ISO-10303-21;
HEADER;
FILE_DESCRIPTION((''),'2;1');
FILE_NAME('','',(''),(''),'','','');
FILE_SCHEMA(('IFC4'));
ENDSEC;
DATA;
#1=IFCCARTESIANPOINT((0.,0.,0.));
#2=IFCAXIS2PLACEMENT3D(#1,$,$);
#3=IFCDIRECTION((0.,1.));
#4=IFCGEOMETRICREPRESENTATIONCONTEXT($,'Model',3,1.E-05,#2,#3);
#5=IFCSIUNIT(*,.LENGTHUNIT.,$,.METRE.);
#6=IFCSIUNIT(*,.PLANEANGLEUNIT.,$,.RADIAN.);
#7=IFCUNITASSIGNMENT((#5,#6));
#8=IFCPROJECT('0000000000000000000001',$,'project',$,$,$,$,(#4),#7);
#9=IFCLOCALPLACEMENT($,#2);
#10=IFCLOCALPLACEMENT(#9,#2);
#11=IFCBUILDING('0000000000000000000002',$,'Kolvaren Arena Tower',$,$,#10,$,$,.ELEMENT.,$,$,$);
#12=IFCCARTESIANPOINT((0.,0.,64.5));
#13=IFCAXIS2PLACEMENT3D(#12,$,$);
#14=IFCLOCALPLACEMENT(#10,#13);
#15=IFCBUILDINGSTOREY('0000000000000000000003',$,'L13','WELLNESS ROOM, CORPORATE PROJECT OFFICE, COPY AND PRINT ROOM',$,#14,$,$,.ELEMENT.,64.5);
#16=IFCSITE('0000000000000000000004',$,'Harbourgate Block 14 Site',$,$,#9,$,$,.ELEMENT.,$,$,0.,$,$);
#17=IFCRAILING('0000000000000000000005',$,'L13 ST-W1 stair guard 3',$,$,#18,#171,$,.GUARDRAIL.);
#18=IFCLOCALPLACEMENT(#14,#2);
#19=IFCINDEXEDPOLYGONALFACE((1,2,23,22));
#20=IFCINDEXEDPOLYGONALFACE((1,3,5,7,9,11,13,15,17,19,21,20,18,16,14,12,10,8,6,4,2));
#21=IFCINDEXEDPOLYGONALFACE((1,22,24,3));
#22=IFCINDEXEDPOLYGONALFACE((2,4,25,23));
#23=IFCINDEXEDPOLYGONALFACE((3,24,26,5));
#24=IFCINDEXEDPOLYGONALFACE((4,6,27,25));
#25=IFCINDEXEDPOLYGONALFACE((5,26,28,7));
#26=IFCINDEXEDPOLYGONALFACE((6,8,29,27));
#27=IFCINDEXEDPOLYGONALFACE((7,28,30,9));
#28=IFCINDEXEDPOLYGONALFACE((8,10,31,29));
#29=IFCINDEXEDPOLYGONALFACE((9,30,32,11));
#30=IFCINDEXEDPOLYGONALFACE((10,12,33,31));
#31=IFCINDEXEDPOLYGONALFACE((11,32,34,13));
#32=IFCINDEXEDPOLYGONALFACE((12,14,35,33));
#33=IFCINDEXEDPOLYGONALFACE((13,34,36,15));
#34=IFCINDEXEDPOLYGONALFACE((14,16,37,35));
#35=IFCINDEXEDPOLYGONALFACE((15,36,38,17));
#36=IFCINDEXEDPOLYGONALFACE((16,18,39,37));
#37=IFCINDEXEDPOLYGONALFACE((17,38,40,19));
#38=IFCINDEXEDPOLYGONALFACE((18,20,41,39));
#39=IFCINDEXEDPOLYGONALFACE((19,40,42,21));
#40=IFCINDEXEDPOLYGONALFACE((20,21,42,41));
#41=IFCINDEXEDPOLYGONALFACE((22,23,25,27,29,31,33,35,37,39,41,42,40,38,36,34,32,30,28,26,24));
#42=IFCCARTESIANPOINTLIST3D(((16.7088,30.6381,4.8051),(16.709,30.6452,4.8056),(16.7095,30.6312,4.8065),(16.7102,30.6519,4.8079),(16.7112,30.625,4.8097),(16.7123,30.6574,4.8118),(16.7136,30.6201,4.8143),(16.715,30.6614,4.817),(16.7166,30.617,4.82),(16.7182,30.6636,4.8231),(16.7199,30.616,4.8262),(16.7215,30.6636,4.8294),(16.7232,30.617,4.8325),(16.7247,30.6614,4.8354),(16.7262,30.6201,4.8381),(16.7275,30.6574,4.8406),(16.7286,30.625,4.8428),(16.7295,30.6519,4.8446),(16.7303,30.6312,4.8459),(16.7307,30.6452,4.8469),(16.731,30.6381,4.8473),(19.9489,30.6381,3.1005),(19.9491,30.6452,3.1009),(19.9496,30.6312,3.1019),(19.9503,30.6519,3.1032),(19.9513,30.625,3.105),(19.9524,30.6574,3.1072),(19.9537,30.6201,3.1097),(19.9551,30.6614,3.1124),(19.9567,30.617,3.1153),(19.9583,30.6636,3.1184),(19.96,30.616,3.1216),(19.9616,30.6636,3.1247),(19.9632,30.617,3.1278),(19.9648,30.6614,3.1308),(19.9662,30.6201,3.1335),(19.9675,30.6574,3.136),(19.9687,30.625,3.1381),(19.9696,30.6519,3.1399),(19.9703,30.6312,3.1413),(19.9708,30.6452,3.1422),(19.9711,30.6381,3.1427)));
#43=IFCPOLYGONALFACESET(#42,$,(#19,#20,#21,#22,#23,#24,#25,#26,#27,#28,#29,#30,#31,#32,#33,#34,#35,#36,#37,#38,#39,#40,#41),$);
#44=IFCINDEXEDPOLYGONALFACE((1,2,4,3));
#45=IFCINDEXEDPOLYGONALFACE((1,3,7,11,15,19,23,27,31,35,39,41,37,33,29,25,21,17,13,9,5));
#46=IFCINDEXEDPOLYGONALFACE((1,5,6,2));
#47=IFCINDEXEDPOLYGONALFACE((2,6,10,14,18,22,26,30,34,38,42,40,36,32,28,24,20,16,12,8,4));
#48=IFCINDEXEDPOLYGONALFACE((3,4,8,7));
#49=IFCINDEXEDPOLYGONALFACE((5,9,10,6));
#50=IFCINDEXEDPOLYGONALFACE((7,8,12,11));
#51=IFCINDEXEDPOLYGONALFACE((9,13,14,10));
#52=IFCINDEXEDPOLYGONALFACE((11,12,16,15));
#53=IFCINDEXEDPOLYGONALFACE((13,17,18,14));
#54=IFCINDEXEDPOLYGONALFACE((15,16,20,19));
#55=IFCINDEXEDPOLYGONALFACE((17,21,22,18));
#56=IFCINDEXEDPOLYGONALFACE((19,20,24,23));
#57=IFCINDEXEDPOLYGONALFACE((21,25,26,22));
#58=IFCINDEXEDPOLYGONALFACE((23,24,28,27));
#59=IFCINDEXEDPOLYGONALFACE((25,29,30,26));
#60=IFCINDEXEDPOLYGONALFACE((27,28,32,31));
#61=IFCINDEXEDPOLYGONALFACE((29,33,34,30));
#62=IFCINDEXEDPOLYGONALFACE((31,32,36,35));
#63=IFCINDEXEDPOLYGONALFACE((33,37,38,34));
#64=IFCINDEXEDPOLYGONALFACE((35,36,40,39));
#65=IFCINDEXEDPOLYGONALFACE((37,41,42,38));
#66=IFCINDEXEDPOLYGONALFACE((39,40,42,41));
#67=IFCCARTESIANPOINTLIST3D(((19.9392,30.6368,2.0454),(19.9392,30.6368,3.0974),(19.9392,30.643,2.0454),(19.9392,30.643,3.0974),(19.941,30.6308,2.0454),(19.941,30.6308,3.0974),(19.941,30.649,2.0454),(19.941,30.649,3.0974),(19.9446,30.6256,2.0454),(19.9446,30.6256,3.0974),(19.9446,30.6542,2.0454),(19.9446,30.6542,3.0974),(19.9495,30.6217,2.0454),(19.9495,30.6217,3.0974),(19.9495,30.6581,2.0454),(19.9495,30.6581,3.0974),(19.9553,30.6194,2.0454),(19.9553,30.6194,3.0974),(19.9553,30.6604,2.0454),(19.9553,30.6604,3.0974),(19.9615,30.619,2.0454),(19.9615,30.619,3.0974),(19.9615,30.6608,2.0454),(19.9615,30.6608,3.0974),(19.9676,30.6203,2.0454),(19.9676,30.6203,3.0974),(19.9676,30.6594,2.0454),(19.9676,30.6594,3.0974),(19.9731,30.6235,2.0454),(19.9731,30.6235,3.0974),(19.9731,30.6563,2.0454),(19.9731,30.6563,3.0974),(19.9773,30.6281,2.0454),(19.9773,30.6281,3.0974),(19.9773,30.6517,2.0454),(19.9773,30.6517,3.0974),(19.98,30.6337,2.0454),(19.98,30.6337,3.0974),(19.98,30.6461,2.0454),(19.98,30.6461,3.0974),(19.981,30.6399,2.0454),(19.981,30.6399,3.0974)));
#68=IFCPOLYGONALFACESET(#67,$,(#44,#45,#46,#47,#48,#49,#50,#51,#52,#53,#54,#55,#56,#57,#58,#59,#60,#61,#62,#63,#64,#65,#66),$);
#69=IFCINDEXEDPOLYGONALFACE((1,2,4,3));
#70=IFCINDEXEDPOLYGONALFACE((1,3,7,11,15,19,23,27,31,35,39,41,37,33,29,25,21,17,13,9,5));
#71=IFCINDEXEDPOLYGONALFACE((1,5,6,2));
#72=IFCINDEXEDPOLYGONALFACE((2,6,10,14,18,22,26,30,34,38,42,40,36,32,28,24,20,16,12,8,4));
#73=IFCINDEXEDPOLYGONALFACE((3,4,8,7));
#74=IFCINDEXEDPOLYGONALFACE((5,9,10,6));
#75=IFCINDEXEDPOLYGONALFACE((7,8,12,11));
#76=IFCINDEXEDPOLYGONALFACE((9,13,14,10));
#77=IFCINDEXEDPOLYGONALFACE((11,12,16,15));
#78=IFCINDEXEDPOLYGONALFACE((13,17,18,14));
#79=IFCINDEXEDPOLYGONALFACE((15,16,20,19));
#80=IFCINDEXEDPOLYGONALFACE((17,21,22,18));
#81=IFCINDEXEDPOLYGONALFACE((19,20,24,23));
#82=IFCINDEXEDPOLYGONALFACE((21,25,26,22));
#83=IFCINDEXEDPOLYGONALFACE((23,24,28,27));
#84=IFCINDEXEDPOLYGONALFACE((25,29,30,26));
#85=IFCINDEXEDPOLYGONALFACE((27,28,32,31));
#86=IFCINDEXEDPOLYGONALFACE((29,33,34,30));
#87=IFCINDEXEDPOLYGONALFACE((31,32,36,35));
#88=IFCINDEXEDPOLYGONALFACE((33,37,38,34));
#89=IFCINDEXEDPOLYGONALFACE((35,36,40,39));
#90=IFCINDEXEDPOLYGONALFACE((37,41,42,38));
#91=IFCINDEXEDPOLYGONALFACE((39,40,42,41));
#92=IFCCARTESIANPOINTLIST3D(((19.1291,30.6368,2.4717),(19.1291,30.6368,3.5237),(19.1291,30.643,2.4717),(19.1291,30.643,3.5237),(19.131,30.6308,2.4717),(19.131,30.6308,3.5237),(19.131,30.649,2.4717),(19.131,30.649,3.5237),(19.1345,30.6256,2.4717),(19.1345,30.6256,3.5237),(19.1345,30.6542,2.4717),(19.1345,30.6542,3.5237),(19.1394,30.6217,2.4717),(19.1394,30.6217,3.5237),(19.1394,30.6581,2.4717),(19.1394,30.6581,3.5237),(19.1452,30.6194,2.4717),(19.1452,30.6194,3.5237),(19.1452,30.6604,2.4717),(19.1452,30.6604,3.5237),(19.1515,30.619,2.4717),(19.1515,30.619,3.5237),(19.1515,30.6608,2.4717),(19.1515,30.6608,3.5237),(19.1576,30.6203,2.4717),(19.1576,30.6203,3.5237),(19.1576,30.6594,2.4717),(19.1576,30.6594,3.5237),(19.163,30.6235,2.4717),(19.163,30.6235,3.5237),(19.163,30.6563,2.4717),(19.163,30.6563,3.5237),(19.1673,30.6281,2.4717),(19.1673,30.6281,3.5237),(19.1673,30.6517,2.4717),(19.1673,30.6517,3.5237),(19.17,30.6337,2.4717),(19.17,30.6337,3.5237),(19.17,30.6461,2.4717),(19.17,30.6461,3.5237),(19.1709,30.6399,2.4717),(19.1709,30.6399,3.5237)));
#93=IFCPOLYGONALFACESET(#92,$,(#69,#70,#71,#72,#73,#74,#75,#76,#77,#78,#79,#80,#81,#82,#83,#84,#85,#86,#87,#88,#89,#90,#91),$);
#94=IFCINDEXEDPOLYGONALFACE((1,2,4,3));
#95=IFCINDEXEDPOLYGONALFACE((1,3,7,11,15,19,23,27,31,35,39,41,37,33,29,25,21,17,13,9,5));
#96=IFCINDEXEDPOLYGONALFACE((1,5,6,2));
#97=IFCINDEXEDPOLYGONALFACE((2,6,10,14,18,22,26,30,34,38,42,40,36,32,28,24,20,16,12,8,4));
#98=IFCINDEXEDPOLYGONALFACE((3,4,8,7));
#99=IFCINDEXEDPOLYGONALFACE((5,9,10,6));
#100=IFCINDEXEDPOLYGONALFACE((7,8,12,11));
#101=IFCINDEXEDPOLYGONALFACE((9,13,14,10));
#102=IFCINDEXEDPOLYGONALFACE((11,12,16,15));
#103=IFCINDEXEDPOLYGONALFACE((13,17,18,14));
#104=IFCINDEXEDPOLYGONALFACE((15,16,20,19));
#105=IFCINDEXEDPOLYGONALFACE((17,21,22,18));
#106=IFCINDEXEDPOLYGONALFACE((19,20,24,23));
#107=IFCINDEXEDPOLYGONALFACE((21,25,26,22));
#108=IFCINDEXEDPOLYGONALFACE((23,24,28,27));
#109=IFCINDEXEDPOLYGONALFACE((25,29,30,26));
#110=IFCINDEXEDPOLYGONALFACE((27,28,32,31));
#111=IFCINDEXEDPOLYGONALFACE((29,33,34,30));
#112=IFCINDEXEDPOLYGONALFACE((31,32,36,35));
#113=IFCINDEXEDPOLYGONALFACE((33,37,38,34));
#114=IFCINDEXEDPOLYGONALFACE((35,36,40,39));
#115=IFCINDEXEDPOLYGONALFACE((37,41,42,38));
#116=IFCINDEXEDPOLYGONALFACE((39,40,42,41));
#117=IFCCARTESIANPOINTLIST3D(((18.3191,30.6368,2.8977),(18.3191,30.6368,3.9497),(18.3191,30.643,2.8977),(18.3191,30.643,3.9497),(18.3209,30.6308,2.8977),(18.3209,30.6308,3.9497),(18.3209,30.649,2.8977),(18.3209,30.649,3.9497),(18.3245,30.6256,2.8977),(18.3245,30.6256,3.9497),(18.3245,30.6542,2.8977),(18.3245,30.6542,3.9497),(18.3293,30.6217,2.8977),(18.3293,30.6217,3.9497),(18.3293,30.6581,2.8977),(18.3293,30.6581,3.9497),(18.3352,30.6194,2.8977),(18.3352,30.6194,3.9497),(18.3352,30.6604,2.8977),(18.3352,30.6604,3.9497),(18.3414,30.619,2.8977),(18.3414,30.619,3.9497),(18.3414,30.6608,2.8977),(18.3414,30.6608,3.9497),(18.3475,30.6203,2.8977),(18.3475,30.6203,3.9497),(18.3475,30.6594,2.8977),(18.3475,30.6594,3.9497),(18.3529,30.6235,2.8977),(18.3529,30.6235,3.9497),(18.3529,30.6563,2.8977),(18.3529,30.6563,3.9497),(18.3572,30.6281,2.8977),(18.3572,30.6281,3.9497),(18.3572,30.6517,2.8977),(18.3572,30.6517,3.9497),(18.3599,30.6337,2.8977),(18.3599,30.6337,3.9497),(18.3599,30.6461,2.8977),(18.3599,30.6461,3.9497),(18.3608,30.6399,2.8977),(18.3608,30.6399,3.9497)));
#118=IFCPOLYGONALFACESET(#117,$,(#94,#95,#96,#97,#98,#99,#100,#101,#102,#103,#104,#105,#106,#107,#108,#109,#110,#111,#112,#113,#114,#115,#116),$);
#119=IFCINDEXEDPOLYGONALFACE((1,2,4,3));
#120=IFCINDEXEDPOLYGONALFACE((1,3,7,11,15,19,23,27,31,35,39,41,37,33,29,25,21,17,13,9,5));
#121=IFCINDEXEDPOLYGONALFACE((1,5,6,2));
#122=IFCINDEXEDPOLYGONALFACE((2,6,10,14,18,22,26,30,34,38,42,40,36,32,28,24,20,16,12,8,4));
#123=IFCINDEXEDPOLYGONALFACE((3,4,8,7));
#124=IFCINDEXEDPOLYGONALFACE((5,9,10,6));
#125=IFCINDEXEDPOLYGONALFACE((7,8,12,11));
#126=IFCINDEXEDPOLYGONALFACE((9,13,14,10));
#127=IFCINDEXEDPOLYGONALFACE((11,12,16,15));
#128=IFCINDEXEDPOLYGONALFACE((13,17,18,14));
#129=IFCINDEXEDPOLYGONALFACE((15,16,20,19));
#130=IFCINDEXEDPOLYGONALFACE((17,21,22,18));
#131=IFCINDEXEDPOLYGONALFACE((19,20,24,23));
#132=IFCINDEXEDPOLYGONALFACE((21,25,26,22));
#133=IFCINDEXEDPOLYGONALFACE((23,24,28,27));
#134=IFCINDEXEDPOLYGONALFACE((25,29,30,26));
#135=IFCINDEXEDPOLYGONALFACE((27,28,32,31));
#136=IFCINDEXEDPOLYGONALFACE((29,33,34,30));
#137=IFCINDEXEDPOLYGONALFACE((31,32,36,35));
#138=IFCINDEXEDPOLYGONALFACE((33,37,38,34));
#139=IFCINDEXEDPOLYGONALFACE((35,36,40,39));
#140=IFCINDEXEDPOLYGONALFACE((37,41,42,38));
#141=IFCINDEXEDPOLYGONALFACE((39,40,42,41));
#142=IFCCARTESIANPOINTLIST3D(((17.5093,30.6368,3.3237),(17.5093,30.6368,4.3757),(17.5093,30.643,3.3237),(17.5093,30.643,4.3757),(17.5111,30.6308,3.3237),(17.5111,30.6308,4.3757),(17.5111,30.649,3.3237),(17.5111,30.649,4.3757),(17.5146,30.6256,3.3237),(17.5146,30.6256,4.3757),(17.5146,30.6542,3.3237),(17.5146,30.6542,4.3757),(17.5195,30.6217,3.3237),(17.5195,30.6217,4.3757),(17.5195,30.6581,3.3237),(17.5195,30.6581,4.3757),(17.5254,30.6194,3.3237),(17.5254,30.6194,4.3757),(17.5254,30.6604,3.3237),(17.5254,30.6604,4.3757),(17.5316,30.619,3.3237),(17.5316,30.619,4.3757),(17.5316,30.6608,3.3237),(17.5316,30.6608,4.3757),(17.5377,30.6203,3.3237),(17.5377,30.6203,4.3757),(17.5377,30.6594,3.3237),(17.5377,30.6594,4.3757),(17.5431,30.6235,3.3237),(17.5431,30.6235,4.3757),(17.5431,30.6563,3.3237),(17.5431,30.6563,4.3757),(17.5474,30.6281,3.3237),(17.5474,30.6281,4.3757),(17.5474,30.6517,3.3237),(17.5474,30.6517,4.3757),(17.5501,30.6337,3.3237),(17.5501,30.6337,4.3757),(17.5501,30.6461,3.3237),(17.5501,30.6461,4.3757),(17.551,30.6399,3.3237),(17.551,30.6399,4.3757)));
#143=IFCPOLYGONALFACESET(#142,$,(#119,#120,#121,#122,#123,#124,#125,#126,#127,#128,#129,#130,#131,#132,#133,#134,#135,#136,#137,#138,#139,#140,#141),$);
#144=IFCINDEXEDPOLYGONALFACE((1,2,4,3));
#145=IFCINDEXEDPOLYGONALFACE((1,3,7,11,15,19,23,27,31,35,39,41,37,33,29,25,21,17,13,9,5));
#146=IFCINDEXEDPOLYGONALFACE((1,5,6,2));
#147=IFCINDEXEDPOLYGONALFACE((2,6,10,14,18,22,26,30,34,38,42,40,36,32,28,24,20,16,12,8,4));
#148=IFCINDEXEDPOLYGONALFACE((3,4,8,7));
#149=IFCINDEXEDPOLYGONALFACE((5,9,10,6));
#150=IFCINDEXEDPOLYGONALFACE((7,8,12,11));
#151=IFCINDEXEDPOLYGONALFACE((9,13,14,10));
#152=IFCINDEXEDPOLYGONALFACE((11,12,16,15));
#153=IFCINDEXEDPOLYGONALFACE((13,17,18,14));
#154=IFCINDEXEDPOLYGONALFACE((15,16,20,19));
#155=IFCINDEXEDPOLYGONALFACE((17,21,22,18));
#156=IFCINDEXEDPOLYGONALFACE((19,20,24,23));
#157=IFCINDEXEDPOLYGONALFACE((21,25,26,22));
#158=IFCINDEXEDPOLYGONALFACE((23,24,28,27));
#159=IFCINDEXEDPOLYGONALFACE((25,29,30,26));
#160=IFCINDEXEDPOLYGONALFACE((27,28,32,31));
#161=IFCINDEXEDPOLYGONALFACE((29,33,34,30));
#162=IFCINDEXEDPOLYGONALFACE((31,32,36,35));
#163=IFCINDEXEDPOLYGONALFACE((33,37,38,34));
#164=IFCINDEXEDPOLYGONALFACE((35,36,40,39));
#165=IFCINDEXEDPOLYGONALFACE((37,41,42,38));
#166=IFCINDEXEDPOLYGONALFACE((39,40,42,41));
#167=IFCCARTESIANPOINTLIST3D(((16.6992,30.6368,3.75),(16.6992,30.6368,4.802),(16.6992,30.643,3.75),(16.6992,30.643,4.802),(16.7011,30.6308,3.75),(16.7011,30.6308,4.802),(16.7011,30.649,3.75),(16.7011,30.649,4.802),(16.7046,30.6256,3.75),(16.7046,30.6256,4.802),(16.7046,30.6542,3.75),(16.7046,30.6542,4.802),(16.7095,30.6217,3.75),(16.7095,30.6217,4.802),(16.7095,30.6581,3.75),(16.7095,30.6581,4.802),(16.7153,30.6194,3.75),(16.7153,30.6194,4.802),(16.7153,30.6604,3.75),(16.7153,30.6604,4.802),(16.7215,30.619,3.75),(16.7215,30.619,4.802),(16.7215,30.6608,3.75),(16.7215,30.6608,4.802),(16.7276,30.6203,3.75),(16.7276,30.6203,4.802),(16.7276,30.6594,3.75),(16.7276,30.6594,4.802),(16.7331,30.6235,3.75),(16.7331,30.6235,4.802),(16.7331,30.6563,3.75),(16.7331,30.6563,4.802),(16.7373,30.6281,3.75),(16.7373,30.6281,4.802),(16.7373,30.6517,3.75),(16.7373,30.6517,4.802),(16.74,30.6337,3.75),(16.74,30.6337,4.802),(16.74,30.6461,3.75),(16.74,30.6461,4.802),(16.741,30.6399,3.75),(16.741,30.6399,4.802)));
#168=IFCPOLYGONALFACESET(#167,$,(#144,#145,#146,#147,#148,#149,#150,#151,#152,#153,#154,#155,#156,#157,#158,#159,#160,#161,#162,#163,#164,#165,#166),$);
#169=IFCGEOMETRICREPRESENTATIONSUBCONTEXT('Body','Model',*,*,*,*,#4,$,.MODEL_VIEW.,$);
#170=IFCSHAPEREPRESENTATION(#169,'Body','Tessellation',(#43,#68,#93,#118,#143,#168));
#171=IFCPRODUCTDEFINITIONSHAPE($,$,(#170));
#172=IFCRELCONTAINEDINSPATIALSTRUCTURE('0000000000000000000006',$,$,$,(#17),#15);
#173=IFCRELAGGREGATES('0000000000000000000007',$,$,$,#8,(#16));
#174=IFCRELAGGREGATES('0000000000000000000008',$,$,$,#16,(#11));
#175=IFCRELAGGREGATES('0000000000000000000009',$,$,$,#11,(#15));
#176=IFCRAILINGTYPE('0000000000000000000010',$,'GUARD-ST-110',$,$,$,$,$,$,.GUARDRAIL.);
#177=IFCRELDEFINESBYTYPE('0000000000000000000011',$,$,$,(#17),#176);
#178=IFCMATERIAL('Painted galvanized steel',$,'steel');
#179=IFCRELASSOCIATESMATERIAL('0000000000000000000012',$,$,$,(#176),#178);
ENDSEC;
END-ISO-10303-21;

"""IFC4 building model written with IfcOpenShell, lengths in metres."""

from ifc_helpers import new_model, si_unit, direction, frame, origin, origin_2d, place, context, subcontext, project, spatial, circle, extrude, material, type_object, element, save


model = new_model("IFC4")

# Units and contexts
model_context = context("Model", 3, precision=1e-05, world=origin(), true_north=direction((0.0, 1.0)))
body_context = subcontext(model_context, "Body", "Model", "MODEL_VIEW")
ifc_project = project(units=[si_unit("LENGTHUNIT", "METRE"), si_unit("PLANEANGLEUNIT", "RADIAN")], contexts=[model_context])

# Site, building, storey
site_placement = place(None, origin())
site = spatial("IfcSite", under=ifc_project, at=site_placement, Name="Harbourgate Block 14 Site", CompositionType="ELEMENT", RefElevation=0.0)
building_placement = place(site_placement, origin())
building = spatial("IfcBuilding", under=site, at=building_placement, Name="Kolvaren Arena Tower", CompositionType="ELEMENT")
storey_placement = place(building_placement, frame((0.0, 0.0, 64.5)))
storey = spatial("IfcBuildingStorey", under=building, at=storey_placement, Name="L13", Description="WELLNESS ROOM, CORPORATE PROJECT OFFICE, COPY AND PRINT ROOM", CompositionType="ELEMENT", Elevation=64.5)

# Railing
ifc_material_1 = material(Name="Painted galvanized steel", Category="steel")
railing_type = type_object("IfcRailingType", Name="GUARD-ST-110", PredefinedType="GUARDRAIL", material=ifc_material_1)
railing_1_placement = place(storey_placement, frame((19.96, 30.6399, 2.0454)))
element("IfcRailing", 1, at=railing_1_placement, inside=storey, type_object=railing_type, Name="L13 ST-W1 stair guard 3", PredefinedType="GUARDRAIL", context=body_context, shape_type="SweptSolid", body=[
    extrude(circle(Radius=0.0239, at=origin_2d()), frame((0.0, 0.0, 1.0762), z_axis=(-0.884993, 0.0, 0.465604), x_axis=(0.0, -1.0, 0.0)), (0.0, 0.0, 1.0), 3.6611),
    extrude(circle(Radius=0.021, at=origin_2d()), origin(), (0.0, 0.0, 1.0), 1.052),
    extrude(circle(Radius=0.021, at=origin_2d()), frame((-0.8101, 0.0, 0.4263)), (0.0, 0.0, 1.0), 1.052),
    extrude(circle(Radius=0.021, at=origin_2d()), frame((-1.6201, 0.0, 0.8523)), (0.0, 0.0, 1.0), 1.052),
    extrude(circle(Radius=0.021, at=origin_2d()), frame((-2.4299, 0.0, 1.2783)), (0.0, 0.0, 1.0), 1.052),
    extrude(circle(Radius=0.021, at=origin_2d()), frame((-3.24, 0.0, 1.7046)), (0.0, 0.0, 1.0), 1.052),
])

save(model, "model.ifc")
